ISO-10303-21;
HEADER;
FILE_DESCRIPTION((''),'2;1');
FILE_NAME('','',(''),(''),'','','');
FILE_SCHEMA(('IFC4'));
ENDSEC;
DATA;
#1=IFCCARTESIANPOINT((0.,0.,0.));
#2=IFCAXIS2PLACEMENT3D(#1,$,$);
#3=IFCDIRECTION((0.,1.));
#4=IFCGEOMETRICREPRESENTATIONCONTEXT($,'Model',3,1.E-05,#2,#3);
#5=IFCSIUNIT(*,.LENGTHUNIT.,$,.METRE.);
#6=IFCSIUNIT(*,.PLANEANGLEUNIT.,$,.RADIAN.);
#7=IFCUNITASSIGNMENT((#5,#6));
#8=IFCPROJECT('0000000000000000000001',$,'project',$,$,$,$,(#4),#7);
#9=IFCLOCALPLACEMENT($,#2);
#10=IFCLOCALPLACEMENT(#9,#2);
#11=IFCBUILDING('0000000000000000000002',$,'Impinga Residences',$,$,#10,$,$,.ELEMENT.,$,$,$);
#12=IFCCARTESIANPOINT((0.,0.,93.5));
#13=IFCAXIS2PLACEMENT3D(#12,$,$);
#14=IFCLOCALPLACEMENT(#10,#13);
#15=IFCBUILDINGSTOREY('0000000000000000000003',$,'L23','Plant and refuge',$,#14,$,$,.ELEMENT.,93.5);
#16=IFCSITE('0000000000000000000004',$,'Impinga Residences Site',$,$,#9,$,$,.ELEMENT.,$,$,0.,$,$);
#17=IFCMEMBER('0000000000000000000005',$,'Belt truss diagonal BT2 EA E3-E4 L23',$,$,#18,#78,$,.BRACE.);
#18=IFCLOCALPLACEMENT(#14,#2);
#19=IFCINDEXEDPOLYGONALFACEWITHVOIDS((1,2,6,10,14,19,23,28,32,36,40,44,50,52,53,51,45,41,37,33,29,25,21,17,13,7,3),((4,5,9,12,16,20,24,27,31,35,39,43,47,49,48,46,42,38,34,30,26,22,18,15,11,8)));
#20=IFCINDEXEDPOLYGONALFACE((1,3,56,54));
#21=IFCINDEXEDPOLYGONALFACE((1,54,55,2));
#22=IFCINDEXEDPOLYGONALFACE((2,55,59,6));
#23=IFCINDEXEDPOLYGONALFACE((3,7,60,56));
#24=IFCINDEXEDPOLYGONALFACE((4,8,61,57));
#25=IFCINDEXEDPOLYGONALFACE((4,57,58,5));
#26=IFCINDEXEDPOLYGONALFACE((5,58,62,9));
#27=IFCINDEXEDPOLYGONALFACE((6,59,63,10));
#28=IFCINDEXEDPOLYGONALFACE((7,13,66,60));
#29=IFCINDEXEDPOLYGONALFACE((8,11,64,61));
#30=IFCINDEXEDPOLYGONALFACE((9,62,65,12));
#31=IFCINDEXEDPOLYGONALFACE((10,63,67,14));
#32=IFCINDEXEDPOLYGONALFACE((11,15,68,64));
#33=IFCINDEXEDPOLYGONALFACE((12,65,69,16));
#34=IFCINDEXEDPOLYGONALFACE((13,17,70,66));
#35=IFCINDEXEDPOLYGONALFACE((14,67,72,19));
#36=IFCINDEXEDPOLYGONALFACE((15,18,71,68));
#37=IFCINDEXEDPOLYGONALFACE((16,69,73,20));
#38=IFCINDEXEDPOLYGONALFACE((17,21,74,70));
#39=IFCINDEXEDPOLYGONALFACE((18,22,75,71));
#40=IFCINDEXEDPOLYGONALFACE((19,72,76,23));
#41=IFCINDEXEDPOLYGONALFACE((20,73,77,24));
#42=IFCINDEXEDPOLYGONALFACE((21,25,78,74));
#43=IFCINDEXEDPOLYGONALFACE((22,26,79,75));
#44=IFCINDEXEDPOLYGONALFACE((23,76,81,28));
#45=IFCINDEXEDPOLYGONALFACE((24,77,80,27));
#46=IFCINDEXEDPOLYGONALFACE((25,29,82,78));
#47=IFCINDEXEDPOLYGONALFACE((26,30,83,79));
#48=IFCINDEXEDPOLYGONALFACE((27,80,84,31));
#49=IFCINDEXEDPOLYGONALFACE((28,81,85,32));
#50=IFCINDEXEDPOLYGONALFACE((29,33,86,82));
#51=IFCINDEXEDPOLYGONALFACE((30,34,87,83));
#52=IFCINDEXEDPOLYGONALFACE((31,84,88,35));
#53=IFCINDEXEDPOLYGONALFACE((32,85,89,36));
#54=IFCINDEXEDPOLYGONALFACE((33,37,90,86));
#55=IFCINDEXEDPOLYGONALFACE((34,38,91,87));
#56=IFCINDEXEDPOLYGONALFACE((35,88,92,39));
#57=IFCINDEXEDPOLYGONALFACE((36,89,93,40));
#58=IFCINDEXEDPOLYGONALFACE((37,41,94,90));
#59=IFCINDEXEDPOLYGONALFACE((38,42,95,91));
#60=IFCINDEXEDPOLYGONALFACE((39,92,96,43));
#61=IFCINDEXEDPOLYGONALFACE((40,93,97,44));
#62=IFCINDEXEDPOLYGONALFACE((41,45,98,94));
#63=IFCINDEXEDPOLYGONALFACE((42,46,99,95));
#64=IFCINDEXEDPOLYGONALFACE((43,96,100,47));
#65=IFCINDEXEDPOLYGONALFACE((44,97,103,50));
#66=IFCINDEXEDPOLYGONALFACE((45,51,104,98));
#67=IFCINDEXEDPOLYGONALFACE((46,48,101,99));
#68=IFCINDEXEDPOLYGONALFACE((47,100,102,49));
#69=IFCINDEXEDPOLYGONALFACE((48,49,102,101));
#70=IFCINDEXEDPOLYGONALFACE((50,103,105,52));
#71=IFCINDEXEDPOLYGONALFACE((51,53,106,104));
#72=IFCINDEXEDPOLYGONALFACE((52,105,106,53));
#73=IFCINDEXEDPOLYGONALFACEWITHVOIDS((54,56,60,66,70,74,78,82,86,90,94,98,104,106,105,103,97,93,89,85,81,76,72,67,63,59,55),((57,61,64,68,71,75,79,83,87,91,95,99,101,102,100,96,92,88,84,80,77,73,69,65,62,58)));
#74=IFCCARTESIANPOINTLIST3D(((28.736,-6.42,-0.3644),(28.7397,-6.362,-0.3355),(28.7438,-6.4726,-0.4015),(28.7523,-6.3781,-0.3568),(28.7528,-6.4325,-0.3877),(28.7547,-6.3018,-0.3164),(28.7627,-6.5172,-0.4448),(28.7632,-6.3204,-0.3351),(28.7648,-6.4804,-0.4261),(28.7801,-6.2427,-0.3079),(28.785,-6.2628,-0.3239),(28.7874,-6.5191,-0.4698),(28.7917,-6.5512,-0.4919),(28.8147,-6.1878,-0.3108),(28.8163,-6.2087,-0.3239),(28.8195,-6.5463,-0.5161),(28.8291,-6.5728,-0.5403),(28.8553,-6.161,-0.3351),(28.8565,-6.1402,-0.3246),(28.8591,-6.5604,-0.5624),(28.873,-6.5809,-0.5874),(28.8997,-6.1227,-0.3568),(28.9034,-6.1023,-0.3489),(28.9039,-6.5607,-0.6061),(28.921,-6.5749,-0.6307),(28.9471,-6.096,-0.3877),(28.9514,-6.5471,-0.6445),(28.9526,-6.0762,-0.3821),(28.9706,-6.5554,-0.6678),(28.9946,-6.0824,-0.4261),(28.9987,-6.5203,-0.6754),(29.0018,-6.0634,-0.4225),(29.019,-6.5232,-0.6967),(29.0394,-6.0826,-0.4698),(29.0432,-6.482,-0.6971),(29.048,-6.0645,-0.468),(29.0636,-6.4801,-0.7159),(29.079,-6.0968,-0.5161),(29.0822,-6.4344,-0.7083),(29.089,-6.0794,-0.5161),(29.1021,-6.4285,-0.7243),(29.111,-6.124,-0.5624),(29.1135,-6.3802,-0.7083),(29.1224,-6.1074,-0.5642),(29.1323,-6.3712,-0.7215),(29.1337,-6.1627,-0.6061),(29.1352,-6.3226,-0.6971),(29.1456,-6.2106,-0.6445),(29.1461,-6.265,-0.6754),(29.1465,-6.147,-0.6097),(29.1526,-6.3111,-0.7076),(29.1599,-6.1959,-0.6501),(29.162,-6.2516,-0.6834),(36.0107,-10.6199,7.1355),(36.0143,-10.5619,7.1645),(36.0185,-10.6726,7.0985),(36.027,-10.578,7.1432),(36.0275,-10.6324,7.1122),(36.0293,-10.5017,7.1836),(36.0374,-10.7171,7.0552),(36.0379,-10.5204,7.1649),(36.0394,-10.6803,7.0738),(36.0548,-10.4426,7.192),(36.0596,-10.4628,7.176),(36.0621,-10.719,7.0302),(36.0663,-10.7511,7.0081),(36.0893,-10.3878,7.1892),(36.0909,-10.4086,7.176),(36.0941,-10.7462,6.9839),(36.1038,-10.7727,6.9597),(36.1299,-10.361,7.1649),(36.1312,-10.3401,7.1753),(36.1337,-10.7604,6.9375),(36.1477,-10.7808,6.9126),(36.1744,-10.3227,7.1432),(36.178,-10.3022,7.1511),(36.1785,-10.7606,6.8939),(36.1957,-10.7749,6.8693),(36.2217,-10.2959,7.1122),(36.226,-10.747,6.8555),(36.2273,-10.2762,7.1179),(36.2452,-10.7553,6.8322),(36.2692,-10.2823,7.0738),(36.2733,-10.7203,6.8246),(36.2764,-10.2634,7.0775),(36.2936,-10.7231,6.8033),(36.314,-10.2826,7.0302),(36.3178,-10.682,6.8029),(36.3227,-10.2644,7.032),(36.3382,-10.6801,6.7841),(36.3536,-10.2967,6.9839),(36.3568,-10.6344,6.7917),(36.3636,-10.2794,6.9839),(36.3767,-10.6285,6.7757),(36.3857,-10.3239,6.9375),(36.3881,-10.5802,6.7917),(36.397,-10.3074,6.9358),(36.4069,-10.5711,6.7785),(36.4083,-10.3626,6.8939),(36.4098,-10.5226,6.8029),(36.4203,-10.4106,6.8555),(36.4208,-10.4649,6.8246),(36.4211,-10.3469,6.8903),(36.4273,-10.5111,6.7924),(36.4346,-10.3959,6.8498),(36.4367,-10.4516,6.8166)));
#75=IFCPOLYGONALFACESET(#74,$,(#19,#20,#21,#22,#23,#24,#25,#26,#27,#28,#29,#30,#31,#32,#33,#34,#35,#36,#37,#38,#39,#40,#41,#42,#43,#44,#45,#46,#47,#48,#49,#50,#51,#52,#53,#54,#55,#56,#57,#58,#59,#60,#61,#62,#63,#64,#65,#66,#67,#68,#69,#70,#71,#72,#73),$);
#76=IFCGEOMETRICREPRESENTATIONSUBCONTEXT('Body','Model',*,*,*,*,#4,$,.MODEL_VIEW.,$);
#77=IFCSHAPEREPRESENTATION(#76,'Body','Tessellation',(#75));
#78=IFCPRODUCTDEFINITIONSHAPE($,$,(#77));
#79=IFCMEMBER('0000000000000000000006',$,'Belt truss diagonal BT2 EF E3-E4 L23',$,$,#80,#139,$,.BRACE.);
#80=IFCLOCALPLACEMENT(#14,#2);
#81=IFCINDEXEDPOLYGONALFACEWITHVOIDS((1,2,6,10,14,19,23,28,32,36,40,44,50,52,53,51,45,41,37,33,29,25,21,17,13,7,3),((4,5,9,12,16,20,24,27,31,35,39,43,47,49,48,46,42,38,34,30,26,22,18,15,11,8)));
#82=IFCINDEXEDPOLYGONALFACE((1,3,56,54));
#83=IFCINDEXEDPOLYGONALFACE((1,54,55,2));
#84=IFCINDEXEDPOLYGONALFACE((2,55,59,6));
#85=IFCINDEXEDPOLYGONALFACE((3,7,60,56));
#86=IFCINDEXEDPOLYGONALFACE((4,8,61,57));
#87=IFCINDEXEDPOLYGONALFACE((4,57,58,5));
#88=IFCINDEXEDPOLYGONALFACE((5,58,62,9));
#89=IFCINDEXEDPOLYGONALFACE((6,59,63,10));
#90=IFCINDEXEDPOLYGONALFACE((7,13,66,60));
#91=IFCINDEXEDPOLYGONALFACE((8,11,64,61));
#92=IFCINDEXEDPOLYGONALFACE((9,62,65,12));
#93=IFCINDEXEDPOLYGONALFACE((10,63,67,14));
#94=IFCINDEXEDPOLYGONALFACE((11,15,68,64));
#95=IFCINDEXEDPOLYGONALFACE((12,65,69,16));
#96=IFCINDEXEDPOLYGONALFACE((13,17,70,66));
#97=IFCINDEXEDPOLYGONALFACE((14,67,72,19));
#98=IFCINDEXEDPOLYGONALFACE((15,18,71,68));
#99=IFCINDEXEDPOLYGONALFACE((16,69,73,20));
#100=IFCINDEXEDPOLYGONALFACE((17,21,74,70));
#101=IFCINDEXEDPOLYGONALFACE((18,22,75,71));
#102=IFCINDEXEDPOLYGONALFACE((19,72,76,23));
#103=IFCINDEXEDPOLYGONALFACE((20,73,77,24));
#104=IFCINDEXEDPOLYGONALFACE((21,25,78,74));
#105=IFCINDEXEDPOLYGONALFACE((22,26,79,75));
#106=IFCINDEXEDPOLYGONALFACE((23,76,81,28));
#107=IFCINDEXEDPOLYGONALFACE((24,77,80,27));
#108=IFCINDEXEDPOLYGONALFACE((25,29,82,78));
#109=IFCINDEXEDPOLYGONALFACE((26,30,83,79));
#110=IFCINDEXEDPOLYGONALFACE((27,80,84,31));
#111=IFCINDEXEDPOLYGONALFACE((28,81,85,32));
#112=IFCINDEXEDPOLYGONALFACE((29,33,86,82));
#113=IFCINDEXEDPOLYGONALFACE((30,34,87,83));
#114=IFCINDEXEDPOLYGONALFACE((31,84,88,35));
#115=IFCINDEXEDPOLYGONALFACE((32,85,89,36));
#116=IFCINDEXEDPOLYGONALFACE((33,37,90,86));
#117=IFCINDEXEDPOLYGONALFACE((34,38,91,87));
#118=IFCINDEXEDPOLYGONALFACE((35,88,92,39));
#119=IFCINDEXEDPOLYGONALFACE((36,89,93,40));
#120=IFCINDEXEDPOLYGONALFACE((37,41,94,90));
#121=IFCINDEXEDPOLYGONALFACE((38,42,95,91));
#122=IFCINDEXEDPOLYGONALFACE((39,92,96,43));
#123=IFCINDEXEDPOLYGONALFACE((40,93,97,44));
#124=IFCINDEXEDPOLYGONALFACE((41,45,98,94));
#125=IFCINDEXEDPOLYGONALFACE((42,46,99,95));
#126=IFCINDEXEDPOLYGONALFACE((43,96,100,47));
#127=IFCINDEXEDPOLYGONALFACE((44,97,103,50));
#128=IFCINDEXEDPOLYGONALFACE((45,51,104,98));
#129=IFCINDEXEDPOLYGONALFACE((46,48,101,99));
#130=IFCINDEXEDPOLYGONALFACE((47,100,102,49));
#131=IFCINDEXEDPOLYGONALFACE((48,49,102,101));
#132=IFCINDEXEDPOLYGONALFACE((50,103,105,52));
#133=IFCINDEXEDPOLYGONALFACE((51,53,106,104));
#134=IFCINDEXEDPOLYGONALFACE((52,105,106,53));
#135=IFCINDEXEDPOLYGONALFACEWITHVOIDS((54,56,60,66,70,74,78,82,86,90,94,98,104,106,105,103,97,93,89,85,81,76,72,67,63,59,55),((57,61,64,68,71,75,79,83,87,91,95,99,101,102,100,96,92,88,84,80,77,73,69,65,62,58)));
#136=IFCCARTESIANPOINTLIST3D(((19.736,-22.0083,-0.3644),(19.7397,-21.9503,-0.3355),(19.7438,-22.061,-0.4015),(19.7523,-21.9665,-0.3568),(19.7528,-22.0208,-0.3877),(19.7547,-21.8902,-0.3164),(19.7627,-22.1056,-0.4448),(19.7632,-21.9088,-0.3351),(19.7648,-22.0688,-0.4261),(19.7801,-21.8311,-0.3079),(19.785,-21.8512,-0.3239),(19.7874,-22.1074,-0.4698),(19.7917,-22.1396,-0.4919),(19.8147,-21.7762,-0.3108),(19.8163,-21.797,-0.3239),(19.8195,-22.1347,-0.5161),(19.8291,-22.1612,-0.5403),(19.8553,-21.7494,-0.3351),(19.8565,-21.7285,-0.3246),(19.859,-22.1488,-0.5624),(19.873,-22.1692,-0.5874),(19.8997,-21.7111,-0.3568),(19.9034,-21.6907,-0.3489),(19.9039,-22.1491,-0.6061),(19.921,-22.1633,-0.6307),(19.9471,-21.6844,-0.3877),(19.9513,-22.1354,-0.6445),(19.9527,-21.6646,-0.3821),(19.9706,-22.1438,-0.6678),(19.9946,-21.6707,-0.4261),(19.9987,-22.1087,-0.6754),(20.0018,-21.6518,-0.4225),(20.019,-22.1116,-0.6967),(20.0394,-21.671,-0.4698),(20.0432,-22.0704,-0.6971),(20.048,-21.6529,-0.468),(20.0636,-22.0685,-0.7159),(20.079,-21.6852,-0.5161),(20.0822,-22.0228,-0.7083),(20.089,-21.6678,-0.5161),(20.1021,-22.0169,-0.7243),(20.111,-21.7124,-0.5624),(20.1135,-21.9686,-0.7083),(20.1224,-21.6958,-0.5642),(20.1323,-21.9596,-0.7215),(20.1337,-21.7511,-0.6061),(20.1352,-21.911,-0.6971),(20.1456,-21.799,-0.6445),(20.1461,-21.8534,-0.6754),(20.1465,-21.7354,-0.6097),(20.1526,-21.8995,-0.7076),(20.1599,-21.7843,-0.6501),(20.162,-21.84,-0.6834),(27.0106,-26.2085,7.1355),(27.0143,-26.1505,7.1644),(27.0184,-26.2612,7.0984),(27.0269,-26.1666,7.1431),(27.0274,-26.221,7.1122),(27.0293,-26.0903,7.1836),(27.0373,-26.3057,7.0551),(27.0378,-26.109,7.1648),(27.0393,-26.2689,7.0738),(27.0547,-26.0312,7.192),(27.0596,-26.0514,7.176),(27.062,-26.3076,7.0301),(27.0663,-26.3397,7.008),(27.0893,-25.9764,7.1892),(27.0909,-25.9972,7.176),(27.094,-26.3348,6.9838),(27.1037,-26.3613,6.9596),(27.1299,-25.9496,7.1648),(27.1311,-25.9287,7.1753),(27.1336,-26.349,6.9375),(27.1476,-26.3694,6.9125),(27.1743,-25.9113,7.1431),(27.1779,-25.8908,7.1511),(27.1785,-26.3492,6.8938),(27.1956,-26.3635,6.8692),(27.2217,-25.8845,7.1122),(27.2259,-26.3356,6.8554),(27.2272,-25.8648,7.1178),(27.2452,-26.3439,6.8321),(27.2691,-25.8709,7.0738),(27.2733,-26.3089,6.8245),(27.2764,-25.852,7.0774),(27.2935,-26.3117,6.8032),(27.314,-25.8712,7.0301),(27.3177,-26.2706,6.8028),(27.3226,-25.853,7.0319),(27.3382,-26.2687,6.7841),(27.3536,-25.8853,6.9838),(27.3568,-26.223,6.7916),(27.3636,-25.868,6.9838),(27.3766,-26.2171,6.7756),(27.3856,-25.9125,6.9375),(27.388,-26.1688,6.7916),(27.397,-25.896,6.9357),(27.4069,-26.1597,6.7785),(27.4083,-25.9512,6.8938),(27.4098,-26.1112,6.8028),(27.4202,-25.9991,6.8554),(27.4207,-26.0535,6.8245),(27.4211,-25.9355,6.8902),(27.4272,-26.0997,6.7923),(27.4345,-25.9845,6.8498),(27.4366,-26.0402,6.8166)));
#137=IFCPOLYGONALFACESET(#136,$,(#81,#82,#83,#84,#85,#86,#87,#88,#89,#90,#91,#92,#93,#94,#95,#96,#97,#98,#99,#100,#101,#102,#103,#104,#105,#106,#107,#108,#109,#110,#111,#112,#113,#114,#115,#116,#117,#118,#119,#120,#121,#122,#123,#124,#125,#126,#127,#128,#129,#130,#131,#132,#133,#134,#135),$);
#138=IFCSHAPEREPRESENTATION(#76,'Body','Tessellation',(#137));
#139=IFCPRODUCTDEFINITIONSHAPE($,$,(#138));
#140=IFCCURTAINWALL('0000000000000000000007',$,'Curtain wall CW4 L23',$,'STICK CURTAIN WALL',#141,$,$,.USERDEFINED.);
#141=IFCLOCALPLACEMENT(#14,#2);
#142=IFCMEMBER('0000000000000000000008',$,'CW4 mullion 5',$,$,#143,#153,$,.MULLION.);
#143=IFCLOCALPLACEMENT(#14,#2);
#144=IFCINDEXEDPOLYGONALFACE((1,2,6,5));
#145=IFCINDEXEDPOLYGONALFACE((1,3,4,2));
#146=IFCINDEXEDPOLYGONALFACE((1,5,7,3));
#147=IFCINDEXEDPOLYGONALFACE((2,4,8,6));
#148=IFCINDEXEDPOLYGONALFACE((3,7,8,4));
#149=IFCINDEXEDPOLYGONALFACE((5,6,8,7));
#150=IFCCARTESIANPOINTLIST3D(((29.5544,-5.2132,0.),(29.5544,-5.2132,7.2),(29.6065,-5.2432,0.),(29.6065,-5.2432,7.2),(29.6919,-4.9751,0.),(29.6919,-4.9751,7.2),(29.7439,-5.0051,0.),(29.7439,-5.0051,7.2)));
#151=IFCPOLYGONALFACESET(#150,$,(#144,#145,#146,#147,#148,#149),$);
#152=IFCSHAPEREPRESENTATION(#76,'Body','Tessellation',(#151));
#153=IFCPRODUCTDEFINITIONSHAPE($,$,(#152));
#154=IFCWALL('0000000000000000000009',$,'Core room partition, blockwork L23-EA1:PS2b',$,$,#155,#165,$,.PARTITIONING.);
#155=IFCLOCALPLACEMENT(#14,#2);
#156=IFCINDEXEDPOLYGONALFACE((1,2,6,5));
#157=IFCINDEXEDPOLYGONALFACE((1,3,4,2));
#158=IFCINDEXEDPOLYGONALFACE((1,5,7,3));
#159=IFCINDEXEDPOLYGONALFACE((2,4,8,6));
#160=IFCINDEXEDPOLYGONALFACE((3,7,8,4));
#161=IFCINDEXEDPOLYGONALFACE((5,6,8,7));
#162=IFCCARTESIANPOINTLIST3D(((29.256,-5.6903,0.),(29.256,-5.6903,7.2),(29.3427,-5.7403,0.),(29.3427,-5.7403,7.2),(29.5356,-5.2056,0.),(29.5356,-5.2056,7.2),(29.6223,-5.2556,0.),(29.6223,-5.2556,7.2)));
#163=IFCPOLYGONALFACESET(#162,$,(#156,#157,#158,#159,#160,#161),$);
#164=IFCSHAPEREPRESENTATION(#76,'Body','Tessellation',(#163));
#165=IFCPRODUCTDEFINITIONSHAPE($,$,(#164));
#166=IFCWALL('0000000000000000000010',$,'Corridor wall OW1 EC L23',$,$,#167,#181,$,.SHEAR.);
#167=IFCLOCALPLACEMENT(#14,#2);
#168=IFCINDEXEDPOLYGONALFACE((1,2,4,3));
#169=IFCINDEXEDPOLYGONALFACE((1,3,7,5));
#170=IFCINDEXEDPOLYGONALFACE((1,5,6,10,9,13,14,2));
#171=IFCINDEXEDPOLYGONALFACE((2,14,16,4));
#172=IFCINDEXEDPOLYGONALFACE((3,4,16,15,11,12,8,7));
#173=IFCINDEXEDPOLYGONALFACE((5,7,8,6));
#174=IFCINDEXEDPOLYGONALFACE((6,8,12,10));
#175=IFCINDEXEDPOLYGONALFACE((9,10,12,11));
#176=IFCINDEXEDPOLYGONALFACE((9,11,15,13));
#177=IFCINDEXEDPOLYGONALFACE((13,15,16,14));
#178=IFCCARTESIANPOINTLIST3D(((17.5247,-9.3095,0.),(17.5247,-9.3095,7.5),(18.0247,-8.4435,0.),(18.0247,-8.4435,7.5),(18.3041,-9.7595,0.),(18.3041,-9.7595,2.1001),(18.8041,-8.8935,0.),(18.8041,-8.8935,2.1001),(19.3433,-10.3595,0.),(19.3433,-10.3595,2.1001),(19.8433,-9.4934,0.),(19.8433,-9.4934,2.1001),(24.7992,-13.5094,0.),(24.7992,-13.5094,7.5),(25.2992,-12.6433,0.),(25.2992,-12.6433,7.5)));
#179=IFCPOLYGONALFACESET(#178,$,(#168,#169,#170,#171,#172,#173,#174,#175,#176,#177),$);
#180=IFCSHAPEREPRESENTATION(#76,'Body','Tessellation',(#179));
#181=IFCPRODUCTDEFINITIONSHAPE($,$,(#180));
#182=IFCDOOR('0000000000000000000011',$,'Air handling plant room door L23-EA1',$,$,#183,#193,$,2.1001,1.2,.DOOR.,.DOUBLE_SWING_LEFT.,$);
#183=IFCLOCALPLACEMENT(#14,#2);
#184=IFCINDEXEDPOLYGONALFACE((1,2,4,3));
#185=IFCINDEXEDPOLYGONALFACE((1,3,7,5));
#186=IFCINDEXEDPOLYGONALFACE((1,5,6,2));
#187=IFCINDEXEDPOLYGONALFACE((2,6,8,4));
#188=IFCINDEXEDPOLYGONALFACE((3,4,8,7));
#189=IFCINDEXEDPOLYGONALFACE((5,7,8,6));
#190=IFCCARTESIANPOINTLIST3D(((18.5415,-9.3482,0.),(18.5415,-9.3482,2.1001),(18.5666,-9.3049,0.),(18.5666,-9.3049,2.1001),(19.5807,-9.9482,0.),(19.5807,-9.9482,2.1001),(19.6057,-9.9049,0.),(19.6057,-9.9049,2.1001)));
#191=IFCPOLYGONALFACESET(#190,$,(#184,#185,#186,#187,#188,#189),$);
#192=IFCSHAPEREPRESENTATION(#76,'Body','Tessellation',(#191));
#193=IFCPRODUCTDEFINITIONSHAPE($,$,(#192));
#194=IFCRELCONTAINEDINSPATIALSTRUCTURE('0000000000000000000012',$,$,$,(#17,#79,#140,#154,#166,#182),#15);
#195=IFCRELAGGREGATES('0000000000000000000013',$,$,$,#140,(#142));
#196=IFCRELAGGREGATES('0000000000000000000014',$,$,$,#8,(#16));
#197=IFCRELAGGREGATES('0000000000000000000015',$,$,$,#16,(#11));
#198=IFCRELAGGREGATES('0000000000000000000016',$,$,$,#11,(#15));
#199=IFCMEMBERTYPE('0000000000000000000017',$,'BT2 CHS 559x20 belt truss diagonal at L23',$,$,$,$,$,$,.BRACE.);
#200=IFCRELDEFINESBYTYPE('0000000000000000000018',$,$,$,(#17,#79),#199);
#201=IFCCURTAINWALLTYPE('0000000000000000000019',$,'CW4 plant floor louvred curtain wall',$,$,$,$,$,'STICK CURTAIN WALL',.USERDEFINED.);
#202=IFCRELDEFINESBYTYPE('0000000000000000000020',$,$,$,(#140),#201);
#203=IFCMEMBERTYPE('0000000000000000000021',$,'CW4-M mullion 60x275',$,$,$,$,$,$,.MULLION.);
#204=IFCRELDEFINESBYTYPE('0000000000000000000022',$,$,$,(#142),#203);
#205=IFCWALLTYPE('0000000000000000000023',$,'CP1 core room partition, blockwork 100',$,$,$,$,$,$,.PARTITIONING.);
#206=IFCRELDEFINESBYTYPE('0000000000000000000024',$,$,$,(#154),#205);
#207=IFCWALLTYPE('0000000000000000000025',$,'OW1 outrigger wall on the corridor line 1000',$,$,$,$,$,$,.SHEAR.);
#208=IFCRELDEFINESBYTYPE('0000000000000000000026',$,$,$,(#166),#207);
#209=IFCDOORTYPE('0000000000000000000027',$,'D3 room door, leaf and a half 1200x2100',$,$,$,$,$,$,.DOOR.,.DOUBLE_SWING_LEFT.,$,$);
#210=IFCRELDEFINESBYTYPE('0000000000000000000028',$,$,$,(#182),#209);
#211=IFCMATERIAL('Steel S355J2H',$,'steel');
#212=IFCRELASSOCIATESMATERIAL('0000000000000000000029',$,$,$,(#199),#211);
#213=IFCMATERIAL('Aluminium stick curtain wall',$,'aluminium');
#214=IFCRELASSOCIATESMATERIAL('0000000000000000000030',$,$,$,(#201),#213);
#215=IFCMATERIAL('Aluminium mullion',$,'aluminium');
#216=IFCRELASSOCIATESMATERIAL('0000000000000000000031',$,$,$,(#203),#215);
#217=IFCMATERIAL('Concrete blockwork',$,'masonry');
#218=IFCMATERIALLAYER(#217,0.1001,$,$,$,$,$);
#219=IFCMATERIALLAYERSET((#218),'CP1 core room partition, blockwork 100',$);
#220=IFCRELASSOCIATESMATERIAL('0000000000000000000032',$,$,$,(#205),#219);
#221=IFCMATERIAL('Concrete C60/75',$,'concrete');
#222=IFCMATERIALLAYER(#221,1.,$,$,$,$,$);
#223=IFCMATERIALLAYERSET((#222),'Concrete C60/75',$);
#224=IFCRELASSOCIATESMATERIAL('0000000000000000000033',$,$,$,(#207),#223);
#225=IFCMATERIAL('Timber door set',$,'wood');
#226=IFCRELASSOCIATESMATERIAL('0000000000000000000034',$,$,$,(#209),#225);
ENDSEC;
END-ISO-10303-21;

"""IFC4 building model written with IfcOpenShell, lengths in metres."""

from ifc_helpers import new_model, si_unit, direction, frame, frame_2d, origin, origin_2d, place, context, subcontext, project, spatial, rectangle, hollow_circle, extrude, material, layer, layer_set, material_profile, profile_set, type_object, element, fill, aggregate, save


model = new_model("IFC4")

# Units and contexts
model_context = context("Model", 3, precision=1e-05, world=origin(), true_north=direction((0.0, 1.0)))
body_context = subcontext(model_context, "Body", "Model", "MODEL_VIEW")
ifc_project = project(units=[si_unit("LENGTHUNIT", "METRE"), si_unit("PLANEANGLEUNIT", "RADIAN")], contexts=[model_context])

# Site, building, storey
site_placement = place(None, origin())
site = spatial("IfcSite", under=ifc_project, at=site_placement, Name="Impinga Residences Site", CompositionType="ELEMENT", RefElevation=0.0)
building_placement = place(site_placement, origin())
building = spatial("IfcBuilding", under=site, at=building_placement, Name="Impinga Residences", CompositionType="ELEMENT")
storey_placement = place(building_placement, frame((0.0, 0.0, 93.5)))
storey = spatial("IfcBuildingStorey", under=building, at=storey_placement, Name="L23", Description="Plant and refuge", CompositionType="ELEMENT", Elevation=93.5)

# Members
ifc_material_1 = material(Name="Steel S355J2H", Category="steel")
ifc_material_profile_1 = material_profile(ifc_material_1, hollow_circle(Radius=0.2795, WallThickness=0.02, at=origin_2d()), Name="CHS 559x20")
ifc_profile_set_1 = profile_set([ifc_material_profile_1], Name="Steel S355J2H")
member_type_1 = type_object("IfcMemberType", Name="BT2 CHS 559x20 belt truss diagonal at L23", PredefinedType="BRACE", material=ifc_profile_set_1)
for number, where, z_axis, x_axis, name in (
    (1, (28.9492, -6.3215, -0.5161), (0.646004, -0.372964, 0.666015), (0.499993, 0.866029, 0.0), "Belt truss diagonal BT2 EA E3-E4 L23"),
    (2, (19.9492, -21.9099, -0.5161), (0.645999, -0.372983, 0.66601), (0.500015, 0.866017, 0.0), "Belt truss diagonal BT2 EF E3-E4 L23"),
):
    element("IfcMember", number, at=place(storey_placement, frame(where, z_axis=z_axis, x_axis=x_axis)), inside=storey, type_object=member_type_1, Name=name, PredefinedType="BRACE", context=body_context, shape_type="SweptSolid", body=[
        extrude(hollow_circle(Radius=0.2795, WallThickness=0.02, at=origin_2d()), origin(), (0.0, 0.0, 1.0), 11.261),
    ])

# Curtain wall, member
ifc_material_2 = material(Name="Aluminium stick curtain wall", Category="aluminium")
curtain_wall_type = type_object("IfcCurtainWallType", Name="CW4 plant floor louvred curtain wall", ElementType="STICK CURTAIN WALL", PredefinedType="USERDEFINED", material=ifc_material_2)
curtain_wall_placement = place(storey_placement, origin())
curtain_wall = element("IfcCurtainWall", 3, at=curtain_wall_placement, inside=storey, type_object=curtain_wall_type, Name="Curtain wall CW4 L23", ObjectType="STICK CURTAIN WALL", PredefinedType="USERDEFINED")
ifc_material_3 = material(Name="Aluminium mullion", Category="aluminium")
ifc_material_profile_2 = material_profile(ifc_material_3, rectangle(XDim=0.0601, YDim=0.2749, at=origin_2d()), Name="60x275 mullion")
ifc_profile_set_2 = profile_set([ifc_material_profile_2], Name="Aluminium mullion")
member_type_2 = type_object("IfcMemberType", Name="CW4-M mullion 60x275", PredefinedType="MULLION", material=ifc_profile_set_2)
member_1_placement = place(storey_placement, frame((29.6492, -5.1091, 0.0), z_axis=(0.0, 0.0, 1.0), x_axis=(0.866025, -0.5, 0.0)))
member_1 = element("IfcMember", 4, at=member_1_placement, type_object=member_type_2, Name="CW4 mullion 5", PredefinedType="MULLION", context=body_context, shape_type="SweptSolid", body=[
    extrude(rectangle(XDim=0.0601, YDim=0.2749, at=origin_2d()), origin(), (0.0, 0.0, 1.0), 7.2),
])
aggregate(curtain_wall, [member_1])

# Wall
ifc_material_4 = material(Name="Concrete blockwork", Category="masonry")
ifc_layer_1 = layer(ifc_material_4, 0.1001)
ifc_layer_set_1 = layer_set([ifc_layer_1], Name="CP1 core room partition, blockwork 100")
wall_type_1 = type_object("IfcWallType", Name="CP1 core room partition, blockwork 100", PredefinedType="PARTITIONING", material=ifc_layer_set_1)
wall_1_placement = place(storey_placement, frame((29.2993, -5.7153, 0.0), z_axis=(0.0, 0.0, 1.0), x_axis=(0.499659, 0.866222, 0.0)))
element("IfcWall", 5, at=wall_1_placement, inside=storey, type_object=wall_type_1, Name="Core room partition, blockwork L23-EA1:PS2b", PredefinedType="PARTITIONING", context=body_context, shape_type="SweptSolid", body=[
    extrude(rectangle(XDim=0.5596, YDim=0.1001, at=frame_2d((0.2798, 0.0))), origin(), (0.0, 0.0, 1.0), 7.2),
])

# Wall, opening, door
ifc_material_5 = material(Name="Concrete C60/75", Category="concrete")
ifc_layer_2 = layer(ifc_material_5, 1.0)
ifc_layer_set_2 = layer_set([ifc_layer_2], Name="Concrete C60/75")
wall_type_2 = type_object("IfcWallType", Name="OW1 outrigger wall on the corridor line 1000", PredefinedType="SHEAR", material=ifc_layer_set_2)
wall_2_placement = place(storey_placement, frame((17.7747, -8.8765, 0.0), z_axis=(0.0, 0.0, 1.0), x_axis=(0.866029, -0.499993, 0.0)))
wall_2 = element("IfcWall", 6, at=wall_2_placement, inside=storey, type_object=wall_type_2, Name="Corridor wall OW1 EC L23", PredefinedType="SHEAR", context=body_context, shape_type="SweptSolid", body=[
    extrude(rectangle(XDim=8.3999, YDim=1.0, at=frame_2d((4.2, 0.0))), origin(), (0.0, 0.0, 1.0), 7.5),
])
opening_1_placement = place(wall_2_placement, frame((0.8999, 0.0, 0.0)))
opening_1 = element("IfcOpeningElement", 7, at=opening_1_placement, cuts=wall_2, PredefinedType="OPENING", context=body_context, shape_type="SweptSolid", body=[
    extrude(rectangle(XDim=1.2, YDim=2.1001, at=frame_2d((0.6001, 1.05))), frame((0.0, 0.51, 0.0), z_axis=(0.0, -1.0, 0.0), x_axis=(1.0, 0.0, 0.0)), (0.0, 0.0, 1.0), 1.02),
])
ifc_material_6 = material(Name="Timber door set", Category="wood")
door_type = type_object("IfcDoorType", Name="D3 room door, leaf and a half 1200x2100", OperationType="DOUBLE_SWING_LEFT", PredefinedType="DOOR", material=ifc_material_6)
door_1_placement = place(opening_1_placement, origin())
door_1 = element("IfcDoor", 8, at=door_1_placement, inside=storey, type_object=door_type, Name="Air handling plant room door L23-EA1", OperationType="DOUBLE_SWING_LEFT", OverallHeight=2.1001, OverallWidth=1.2, PredefinedType="DOOR", context=body_context, shape_type="SweptSolid", body=[
    extrude(rectangle(XDim=1.2, YDim=2.1001, at=frame_2d((0.6001, 1.05))), frame((0.0, 0.0249, 0.0), z_axis=(0.0, -1.0, 0.0), x_axis=(1.0, 0.0, 0.0)), (0.0, 0.0, 1.0), 0.05),
])
fill(opening_1, door_1)

save(model, "model.ifc")
